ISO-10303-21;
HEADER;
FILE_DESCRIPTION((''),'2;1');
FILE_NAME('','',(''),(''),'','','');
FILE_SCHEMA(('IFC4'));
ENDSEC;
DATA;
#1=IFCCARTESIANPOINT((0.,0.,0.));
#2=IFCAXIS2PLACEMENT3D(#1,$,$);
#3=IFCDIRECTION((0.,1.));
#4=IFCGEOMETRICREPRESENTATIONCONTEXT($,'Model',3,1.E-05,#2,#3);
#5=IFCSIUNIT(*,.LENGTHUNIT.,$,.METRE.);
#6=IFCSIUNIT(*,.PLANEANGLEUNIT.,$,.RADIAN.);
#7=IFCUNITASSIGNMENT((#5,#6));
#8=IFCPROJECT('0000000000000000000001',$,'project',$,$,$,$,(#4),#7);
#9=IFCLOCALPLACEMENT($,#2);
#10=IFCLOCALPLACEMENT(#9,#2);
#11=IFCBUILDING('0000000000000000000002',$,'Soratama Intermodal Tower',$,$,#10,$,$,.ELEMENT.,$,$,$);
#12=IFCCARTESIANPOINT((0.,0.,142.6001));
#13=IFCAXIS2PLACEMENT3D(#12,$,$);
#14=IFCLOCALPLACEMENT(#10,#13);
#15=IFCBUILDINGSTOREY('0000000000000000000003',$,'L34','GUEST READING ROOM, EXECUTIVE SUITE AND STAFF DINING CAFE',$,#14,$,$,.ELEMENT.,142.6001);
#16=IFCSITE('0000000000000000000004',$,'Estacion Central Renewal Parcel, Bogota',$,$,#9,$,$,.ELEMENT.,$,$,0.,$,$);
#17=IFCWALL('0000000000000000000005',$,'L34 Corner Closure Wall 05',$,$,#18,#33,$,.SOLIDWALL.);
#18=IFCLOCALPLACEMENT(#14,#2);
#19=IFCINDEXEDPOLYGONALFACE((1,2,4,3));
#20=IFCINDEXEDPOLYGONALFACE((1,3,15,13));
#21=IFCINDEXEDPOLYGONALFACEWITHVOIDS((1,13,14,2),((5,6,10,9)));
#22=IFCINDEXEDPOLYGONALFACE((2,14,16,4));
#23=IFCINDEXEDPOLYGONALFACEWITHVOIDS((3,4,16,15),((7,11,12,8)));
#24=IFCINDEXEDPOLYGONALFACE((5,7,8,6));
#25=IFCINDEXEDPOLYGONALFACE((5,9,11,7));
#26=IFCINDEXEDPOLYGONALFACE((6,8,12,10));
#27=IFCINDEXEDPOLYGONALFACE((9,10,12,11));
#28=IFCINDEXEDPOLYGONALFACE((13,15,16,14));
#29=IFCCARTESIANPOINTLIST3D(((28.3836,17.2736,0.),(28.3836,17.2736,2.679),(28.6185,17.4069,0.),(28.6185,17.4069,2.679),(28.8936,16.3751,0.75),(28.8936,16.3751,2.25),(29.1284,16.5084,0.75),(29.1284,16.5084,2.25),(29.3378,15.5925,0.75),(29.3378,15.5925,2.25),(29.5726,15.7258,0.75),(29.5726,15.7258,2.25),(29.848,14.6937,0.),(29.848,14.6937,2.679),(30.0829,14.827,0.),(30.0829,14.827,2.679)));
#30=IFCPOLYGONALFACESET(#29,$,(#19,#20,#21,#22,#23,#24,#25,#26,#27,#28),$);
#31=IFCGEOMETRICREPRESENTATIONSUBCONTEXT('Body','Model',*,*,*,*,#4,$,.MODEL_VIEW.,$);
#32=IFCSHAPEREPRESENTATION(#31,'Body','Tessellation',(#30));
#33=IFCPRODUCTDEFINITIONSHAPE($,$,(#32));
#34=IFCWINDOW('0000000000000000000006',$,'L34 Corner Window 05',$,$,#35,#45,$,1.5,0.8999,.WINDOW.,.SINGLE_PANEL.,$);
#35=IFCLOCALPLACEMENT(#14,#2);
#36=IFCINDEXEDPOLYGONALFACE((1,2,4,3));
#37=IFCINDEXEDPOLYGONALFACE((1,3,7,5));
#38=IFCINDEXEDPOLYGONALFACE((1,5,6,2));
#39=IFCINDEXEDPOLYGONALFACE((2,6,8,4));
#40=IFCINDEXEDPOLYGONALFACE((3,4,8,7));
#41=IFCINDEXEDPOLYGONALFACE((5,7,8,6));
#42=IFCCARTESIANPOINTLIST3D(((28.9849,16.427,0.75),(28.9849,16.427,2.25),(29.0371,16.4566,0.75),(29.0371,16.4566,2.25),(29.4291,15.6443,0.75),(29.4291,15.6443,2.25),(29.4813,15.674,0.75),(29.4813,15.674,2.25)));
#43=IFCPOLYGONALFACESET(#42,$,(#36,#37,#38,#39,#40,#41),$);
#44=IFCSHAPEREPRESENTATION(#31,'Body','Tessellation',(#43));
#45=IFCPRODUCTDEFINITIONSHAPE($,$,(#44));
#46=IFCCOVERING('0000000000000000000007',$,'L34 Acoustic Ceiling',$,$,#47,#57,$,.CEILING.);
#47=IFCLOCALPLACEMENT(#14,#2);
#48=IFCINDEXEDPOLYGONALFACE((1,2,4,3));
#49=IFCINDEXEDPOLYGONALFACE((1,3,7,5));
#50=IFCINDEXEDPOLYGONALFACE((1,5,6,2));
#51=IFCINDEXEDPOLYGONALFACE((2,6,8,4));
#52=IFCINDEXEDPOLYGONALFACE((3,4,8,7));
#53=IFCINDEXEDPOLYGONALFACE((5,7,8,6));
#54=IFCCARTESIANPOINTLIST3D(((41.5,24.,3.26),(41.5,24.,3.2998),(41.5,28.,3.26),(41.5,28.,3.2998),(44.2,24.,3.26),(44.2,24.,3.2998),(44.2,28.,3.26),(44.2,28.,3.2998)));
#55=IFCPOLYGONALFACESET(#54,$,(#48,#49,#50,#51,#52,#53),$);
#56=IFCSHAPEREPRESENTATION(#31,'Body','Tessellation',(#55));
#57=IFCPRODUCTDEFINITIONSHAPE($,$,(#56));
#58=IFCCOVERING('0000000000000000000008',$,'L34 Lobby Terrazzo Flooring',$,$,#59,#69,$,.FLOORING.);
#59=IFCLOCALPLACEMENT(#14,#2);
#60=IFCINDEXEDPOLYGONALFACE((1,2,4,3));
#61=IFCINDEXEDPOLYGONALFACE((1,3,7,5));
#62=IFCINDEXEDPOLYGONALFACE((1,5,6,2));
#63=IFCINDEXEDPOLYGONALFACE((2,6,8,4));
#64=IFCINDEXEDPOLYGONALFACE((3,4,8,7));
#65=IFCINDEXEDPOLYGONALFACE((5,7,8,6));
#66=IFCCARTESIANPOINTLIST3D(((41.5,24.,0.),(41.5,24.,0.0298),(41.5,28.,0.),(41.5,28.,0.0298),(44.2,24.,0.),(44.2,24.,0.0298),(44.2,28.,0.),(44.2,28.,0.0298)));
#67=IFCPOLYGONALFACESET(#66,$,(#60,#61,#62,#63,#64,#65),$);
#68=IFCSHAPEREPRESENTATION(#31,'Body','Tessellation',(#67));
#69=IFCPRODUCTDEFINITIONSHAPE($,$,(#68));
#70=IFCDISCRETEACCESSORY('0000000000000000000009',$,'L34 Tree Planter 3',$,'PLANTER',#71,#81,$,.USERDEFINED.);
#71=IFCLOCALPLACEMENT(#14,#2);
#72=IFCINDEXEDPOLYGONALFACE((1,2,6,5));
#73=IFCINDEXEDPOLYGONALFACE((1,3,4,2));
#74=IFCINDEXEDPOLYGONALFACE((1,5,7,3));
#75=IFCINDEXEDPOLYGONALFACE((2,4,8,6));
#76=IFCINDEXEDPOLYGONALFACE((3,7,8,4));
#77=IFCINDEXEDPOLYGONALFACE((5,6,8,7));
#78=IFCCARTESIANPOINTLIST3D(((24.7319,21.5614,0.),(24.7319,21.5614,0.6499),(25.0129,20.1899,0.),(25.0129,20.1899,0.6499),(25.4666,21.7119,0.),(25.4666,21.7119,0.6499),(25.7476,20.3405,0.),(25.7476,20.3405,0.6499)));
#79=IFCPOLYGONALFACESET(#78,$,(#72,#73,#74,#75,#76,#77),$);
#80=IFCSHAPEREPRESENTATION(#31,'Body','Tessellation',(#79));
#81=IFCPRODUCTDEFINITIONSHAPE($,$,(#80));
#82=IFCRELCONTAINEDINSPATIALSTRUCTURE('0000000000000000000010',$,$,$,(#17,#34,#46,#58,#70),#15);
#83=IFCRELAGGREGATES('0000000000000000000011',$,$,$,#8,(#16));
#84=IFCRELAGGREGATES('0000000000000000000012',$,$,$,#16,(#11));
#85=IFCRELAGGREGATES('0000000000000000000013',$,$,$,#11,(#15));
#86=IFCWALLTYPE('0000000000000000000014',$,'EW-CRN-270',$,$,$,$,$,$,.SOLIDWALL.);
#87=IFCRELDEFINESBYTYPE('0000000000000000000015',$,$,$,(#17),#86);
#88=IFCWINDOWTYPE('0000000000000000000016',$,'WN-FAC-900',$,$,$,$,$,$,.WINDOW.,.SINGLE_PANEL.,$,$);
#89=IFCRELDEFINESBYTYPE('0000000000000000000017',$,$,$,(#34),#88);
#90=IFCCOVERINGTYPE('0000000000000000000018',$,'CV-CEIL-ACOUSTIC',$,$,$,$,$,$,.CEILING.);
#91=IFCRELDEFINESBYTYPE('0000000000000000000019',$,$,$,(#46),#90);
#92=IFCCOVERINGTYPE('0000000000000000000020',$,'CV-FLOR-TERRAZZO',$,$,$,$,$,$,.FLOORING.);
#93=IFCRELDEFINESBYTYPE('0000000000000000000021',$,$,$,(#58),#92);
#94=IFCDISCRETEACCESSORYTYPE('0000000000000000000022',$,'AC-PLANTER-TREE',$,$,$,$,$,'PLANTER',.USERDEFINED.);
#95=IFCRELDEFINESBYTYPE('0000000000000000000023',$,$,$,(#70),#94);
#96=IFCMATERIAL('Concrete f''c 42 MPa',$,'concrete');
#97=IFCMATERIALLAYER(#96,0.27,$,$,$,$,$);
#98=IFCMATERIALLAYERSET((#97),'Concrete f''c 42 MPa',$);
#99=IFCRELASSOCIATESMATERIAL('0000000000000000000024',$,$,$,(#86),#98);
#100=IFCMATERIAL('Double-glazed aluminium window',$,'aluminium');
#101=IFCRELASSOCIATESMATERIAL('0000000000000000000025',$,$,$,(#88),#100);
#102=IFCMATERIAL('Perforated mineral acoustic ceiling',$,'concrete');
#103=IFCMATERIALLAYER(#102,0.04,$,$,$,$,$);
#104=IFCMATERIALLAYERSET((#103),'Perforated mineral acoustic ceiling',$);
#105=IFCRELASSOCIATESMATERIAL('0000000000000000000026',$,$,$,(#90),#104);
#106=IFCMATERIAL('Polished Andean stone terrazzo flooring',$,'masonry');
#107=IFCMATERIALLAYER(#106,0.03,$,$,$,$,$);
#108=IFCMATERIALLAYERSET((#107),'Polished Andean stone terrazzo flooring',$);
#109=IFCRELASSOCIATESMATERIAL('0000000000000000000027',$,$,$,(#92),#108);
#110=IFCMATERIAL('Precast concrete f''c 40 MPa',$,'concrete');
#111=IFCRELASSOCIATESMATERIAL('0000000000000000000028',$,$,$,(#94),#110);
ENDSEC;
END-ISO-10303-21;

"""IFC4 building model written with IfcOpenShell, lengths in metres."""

from ifc_helpers import new_model, si_unit, direction, frame, frame_2d, origin, origin_2d, place, context, subcontext, project, spatial, polyline, rectangle, outline, extrude, material, layer, layer_set, type_object, element, fill, save


model = new_model("IFC4")

# Units and contexts
model_context = context("Model", 3, precision=1e-05, world=origin(), true_north=direction((0.0, 1.0)))
body_context = subcontext(model_context, "Body", "Model", "MODEL_VIEW")
ifc_project = project(units=[si_unit("LENGTHUNIT", "METRE"), si_unit("PLANEANGLEUNIT", "RADIAN")], contexts=[model_context])

# Site, building, storey
site_placement = place(None, origin())
site = spatial("IfcSite", under=ifc_project, at=site_placement, Name="Estacion Central Renewal Parcel, Bogota", CompositionType="ELEMENT", RefElevation=0.0)
building_placement = place(site_placement, origin())
building = spatial("IfcBuilding", under=site, at=building_placement, Name="Soratama Intermodal Tower", CompositionType="ELEMENT")
storey_placement = place(building_placement, frame((0.0, 0.0, 142.6001)))
storey = spatial("IfcBuildingStorey", under=building, at=storey_placement, Name="L34", Description="GUEST READING ROOM, EXECUTIVE SUITE AND STAFF DINING CAFE", CompositionType="ELEMENT", Elevation=142.6001)

# Wall, opening, window
ifc_material_1 = material(Name="Concrete f'c 42 MPa", Category="concrete")
ifc_layer_1 = layer(ifc_material_1, 0.27)
ifc_layer_set_1 = layer_set([ifc_layer_1], Name="Concrete f'c 42 MPa")
wall_type = type_object("IfcWallType", Name="EW-CRN-270", PredefinedType="SOLIDWALL", material=ifc_layer_set_1)
wall_placement = place(storey_placement, frame((28.501, 17.3403, 0.0), z_axis=(0.0, 0.0, 1.0), x_axis=(0.493637, -0.869668, 0.0)))
wall = element("IfcWall", 1, at=wall_placement, inside=storey, type_object=wall_type, Name="L34 Corner Closure Wall 05", PredefinedType="SOLIDWALL", context=body_context, shape_type="SweptSolid", body=[
    extrude(rectangle(XDim=2.9666, YDim=0.27, at=frame_2d((1.4834, 0.0))), origin(), (0.0, 0.0, 1.0), 2.679),
])
opening_placement = place(wall_placement, frame((1.0332, 0.0, 0.75)))
opening = element("IfcOpeningElement", 2, at=opening_placement, cuts=wall, PredefinedType="OPENING", context=body_context, shape_type="SweptSolid", body=[
    extrude(rectangle(XDim=0.8999, YDim=1.5, at=frame_2d((0.45, 0.75))), frame((0.0, 0.145, 0.0), z_axis=(0.0, -1.0, 0.0), x_axis=(1.0, 0.0, 0.0)), (0.0, 0.0, 1.0), 0.29),
])
ifc_material_2 = material(Name="Double-glazed aluminium window", Category="aluminium")
window_type = type_object("IfcWindowType", Name="WN-FAC-900", PartitioningType="SINGLE_PANEL", PredefinedType="WINDOW", material=ifc_material_2)
window_placement = place(opening_placement, origin())
window = element("IfcWindow", 3, at=window_placement, inside=storey, type_object=window_type, Name="L34 Corner Window 05", OverallHeight=1.5, OverallWidth=0.8999, PartitioningType="SINGLE_PANEL", PredefinedType="WINDOW", context=body_context, shape_type="SweptSolid", body=[
    extrude(rectangle(XDim=0.8999, YDim=1.5, at=frame_2d((0.45, 0.75))), frame((0.0, 0.03, 0.0), z_axis=(0.0, -1.0, 0.0), x_axis=(1.0, 0.0, 0.0)), (0.0, 0.0, 1.0), 0.0601),
])
fill(opening, window)

# Coverings
ifc_material_3 = material(Name="Perforated mineral acoustic ceiling", Category="concrete")
ifc_layer_2 = layer(ifc_material_3, 0.04)
ifc_layer_set_2 = layer_set([ifc_layer_2], Name="Perforated mineral acoustic ceiling")
covering_type_1 = type_object("IfcCoveringType", Name="CV-CEIL-ACOUSTIC", PredefinedType="CEILING", material=ifc_layer_set_2)
covering_1_placement = place(storey_placement, frame((0.0, 0.0, 3.26)))
element("IfcCovering", 4, at=covering_1_placement, inside=storey, type_object=covering_type_1, Name="L34 Acoustic Ceiling", PredefinedType="CEILING", context=body_context, shape_type="SweptSolid", body=[
    extrude(outline(polyline([(41.5, 24.0), (44.2, 24.0), (44.2, 28.0), (41.5, 28.0), (41.5, 24.0)])), origin(), (0.0, 0.0, 1.0), 0.0398),
])
ifc_material_4 = material(Name="Polished Andean stone terrazzo flooring", Category="masonry")
ifc_layer_3 = layer(ifc_material_4, 0.03)
ifc_layer_set_3 = layer_set([ifc_layer_3], Name="Polished Andean stone terrazzo flooring")
covering_type_2 = type_object("IfcCoveringType", Name="CV-FLOR-TERRAZZO", PredefinedType="FLOORING", material=ifc_layer_set_3)
covering_2_placement = place(storey_placement, origin())
element("IfcCovering", 5, at=covering_2_placement, inside=storey, type_object=covering_type_2, Name="L34 Lobby Terrazzo Flooring", PredefinedType="FLOORING", context=body_context, shape_type="SweptSolid", body=[
    extrude(outline(polyline([(41.5, 24.0), (44.2, 24.0), (44.2, 28.0), (41.5, 28.0), (41.5, 24.0)])), origin(), (0.0, 0.0, 1.0), 0.0298),
])

# Discrete accessory
ifc_material_5 = material(Name="Precast concrete f'c 40 MPa", Category="concrete")
discrete_accessory_type = type_object("IfcDiscreteAccessoryType", Name="AC-PLANTER-TREE", ElementType="PLANTER", PredefinedType="USERDEFINED", material=ifc_material_5)
discrete_accessory_placement = place(storey_placement, frame((25.2397, 20.9509, 0.0), z_axis=(0.0, 0.0, 1.0), x_axis=(-0.979645, -0.200736, 0.0)))
element("IfcDiscreteAccessory", 6, at=discrete_accessory_placement, inside=storey, type_object=discrete_accessory_type, Name="L34 Tree Planter 3", ObjectType="PLANTER", PredefinedType="USERDEFINED", context=body_context, shape_type="SweptSolid", body=[
    extrude(rectangle(XDim=0.75, YDim=1.3999, at=origin_2d()), origin(), (0.0, 0.0, 1.0), 0.6499),
])

save(model, "model.ifc")
